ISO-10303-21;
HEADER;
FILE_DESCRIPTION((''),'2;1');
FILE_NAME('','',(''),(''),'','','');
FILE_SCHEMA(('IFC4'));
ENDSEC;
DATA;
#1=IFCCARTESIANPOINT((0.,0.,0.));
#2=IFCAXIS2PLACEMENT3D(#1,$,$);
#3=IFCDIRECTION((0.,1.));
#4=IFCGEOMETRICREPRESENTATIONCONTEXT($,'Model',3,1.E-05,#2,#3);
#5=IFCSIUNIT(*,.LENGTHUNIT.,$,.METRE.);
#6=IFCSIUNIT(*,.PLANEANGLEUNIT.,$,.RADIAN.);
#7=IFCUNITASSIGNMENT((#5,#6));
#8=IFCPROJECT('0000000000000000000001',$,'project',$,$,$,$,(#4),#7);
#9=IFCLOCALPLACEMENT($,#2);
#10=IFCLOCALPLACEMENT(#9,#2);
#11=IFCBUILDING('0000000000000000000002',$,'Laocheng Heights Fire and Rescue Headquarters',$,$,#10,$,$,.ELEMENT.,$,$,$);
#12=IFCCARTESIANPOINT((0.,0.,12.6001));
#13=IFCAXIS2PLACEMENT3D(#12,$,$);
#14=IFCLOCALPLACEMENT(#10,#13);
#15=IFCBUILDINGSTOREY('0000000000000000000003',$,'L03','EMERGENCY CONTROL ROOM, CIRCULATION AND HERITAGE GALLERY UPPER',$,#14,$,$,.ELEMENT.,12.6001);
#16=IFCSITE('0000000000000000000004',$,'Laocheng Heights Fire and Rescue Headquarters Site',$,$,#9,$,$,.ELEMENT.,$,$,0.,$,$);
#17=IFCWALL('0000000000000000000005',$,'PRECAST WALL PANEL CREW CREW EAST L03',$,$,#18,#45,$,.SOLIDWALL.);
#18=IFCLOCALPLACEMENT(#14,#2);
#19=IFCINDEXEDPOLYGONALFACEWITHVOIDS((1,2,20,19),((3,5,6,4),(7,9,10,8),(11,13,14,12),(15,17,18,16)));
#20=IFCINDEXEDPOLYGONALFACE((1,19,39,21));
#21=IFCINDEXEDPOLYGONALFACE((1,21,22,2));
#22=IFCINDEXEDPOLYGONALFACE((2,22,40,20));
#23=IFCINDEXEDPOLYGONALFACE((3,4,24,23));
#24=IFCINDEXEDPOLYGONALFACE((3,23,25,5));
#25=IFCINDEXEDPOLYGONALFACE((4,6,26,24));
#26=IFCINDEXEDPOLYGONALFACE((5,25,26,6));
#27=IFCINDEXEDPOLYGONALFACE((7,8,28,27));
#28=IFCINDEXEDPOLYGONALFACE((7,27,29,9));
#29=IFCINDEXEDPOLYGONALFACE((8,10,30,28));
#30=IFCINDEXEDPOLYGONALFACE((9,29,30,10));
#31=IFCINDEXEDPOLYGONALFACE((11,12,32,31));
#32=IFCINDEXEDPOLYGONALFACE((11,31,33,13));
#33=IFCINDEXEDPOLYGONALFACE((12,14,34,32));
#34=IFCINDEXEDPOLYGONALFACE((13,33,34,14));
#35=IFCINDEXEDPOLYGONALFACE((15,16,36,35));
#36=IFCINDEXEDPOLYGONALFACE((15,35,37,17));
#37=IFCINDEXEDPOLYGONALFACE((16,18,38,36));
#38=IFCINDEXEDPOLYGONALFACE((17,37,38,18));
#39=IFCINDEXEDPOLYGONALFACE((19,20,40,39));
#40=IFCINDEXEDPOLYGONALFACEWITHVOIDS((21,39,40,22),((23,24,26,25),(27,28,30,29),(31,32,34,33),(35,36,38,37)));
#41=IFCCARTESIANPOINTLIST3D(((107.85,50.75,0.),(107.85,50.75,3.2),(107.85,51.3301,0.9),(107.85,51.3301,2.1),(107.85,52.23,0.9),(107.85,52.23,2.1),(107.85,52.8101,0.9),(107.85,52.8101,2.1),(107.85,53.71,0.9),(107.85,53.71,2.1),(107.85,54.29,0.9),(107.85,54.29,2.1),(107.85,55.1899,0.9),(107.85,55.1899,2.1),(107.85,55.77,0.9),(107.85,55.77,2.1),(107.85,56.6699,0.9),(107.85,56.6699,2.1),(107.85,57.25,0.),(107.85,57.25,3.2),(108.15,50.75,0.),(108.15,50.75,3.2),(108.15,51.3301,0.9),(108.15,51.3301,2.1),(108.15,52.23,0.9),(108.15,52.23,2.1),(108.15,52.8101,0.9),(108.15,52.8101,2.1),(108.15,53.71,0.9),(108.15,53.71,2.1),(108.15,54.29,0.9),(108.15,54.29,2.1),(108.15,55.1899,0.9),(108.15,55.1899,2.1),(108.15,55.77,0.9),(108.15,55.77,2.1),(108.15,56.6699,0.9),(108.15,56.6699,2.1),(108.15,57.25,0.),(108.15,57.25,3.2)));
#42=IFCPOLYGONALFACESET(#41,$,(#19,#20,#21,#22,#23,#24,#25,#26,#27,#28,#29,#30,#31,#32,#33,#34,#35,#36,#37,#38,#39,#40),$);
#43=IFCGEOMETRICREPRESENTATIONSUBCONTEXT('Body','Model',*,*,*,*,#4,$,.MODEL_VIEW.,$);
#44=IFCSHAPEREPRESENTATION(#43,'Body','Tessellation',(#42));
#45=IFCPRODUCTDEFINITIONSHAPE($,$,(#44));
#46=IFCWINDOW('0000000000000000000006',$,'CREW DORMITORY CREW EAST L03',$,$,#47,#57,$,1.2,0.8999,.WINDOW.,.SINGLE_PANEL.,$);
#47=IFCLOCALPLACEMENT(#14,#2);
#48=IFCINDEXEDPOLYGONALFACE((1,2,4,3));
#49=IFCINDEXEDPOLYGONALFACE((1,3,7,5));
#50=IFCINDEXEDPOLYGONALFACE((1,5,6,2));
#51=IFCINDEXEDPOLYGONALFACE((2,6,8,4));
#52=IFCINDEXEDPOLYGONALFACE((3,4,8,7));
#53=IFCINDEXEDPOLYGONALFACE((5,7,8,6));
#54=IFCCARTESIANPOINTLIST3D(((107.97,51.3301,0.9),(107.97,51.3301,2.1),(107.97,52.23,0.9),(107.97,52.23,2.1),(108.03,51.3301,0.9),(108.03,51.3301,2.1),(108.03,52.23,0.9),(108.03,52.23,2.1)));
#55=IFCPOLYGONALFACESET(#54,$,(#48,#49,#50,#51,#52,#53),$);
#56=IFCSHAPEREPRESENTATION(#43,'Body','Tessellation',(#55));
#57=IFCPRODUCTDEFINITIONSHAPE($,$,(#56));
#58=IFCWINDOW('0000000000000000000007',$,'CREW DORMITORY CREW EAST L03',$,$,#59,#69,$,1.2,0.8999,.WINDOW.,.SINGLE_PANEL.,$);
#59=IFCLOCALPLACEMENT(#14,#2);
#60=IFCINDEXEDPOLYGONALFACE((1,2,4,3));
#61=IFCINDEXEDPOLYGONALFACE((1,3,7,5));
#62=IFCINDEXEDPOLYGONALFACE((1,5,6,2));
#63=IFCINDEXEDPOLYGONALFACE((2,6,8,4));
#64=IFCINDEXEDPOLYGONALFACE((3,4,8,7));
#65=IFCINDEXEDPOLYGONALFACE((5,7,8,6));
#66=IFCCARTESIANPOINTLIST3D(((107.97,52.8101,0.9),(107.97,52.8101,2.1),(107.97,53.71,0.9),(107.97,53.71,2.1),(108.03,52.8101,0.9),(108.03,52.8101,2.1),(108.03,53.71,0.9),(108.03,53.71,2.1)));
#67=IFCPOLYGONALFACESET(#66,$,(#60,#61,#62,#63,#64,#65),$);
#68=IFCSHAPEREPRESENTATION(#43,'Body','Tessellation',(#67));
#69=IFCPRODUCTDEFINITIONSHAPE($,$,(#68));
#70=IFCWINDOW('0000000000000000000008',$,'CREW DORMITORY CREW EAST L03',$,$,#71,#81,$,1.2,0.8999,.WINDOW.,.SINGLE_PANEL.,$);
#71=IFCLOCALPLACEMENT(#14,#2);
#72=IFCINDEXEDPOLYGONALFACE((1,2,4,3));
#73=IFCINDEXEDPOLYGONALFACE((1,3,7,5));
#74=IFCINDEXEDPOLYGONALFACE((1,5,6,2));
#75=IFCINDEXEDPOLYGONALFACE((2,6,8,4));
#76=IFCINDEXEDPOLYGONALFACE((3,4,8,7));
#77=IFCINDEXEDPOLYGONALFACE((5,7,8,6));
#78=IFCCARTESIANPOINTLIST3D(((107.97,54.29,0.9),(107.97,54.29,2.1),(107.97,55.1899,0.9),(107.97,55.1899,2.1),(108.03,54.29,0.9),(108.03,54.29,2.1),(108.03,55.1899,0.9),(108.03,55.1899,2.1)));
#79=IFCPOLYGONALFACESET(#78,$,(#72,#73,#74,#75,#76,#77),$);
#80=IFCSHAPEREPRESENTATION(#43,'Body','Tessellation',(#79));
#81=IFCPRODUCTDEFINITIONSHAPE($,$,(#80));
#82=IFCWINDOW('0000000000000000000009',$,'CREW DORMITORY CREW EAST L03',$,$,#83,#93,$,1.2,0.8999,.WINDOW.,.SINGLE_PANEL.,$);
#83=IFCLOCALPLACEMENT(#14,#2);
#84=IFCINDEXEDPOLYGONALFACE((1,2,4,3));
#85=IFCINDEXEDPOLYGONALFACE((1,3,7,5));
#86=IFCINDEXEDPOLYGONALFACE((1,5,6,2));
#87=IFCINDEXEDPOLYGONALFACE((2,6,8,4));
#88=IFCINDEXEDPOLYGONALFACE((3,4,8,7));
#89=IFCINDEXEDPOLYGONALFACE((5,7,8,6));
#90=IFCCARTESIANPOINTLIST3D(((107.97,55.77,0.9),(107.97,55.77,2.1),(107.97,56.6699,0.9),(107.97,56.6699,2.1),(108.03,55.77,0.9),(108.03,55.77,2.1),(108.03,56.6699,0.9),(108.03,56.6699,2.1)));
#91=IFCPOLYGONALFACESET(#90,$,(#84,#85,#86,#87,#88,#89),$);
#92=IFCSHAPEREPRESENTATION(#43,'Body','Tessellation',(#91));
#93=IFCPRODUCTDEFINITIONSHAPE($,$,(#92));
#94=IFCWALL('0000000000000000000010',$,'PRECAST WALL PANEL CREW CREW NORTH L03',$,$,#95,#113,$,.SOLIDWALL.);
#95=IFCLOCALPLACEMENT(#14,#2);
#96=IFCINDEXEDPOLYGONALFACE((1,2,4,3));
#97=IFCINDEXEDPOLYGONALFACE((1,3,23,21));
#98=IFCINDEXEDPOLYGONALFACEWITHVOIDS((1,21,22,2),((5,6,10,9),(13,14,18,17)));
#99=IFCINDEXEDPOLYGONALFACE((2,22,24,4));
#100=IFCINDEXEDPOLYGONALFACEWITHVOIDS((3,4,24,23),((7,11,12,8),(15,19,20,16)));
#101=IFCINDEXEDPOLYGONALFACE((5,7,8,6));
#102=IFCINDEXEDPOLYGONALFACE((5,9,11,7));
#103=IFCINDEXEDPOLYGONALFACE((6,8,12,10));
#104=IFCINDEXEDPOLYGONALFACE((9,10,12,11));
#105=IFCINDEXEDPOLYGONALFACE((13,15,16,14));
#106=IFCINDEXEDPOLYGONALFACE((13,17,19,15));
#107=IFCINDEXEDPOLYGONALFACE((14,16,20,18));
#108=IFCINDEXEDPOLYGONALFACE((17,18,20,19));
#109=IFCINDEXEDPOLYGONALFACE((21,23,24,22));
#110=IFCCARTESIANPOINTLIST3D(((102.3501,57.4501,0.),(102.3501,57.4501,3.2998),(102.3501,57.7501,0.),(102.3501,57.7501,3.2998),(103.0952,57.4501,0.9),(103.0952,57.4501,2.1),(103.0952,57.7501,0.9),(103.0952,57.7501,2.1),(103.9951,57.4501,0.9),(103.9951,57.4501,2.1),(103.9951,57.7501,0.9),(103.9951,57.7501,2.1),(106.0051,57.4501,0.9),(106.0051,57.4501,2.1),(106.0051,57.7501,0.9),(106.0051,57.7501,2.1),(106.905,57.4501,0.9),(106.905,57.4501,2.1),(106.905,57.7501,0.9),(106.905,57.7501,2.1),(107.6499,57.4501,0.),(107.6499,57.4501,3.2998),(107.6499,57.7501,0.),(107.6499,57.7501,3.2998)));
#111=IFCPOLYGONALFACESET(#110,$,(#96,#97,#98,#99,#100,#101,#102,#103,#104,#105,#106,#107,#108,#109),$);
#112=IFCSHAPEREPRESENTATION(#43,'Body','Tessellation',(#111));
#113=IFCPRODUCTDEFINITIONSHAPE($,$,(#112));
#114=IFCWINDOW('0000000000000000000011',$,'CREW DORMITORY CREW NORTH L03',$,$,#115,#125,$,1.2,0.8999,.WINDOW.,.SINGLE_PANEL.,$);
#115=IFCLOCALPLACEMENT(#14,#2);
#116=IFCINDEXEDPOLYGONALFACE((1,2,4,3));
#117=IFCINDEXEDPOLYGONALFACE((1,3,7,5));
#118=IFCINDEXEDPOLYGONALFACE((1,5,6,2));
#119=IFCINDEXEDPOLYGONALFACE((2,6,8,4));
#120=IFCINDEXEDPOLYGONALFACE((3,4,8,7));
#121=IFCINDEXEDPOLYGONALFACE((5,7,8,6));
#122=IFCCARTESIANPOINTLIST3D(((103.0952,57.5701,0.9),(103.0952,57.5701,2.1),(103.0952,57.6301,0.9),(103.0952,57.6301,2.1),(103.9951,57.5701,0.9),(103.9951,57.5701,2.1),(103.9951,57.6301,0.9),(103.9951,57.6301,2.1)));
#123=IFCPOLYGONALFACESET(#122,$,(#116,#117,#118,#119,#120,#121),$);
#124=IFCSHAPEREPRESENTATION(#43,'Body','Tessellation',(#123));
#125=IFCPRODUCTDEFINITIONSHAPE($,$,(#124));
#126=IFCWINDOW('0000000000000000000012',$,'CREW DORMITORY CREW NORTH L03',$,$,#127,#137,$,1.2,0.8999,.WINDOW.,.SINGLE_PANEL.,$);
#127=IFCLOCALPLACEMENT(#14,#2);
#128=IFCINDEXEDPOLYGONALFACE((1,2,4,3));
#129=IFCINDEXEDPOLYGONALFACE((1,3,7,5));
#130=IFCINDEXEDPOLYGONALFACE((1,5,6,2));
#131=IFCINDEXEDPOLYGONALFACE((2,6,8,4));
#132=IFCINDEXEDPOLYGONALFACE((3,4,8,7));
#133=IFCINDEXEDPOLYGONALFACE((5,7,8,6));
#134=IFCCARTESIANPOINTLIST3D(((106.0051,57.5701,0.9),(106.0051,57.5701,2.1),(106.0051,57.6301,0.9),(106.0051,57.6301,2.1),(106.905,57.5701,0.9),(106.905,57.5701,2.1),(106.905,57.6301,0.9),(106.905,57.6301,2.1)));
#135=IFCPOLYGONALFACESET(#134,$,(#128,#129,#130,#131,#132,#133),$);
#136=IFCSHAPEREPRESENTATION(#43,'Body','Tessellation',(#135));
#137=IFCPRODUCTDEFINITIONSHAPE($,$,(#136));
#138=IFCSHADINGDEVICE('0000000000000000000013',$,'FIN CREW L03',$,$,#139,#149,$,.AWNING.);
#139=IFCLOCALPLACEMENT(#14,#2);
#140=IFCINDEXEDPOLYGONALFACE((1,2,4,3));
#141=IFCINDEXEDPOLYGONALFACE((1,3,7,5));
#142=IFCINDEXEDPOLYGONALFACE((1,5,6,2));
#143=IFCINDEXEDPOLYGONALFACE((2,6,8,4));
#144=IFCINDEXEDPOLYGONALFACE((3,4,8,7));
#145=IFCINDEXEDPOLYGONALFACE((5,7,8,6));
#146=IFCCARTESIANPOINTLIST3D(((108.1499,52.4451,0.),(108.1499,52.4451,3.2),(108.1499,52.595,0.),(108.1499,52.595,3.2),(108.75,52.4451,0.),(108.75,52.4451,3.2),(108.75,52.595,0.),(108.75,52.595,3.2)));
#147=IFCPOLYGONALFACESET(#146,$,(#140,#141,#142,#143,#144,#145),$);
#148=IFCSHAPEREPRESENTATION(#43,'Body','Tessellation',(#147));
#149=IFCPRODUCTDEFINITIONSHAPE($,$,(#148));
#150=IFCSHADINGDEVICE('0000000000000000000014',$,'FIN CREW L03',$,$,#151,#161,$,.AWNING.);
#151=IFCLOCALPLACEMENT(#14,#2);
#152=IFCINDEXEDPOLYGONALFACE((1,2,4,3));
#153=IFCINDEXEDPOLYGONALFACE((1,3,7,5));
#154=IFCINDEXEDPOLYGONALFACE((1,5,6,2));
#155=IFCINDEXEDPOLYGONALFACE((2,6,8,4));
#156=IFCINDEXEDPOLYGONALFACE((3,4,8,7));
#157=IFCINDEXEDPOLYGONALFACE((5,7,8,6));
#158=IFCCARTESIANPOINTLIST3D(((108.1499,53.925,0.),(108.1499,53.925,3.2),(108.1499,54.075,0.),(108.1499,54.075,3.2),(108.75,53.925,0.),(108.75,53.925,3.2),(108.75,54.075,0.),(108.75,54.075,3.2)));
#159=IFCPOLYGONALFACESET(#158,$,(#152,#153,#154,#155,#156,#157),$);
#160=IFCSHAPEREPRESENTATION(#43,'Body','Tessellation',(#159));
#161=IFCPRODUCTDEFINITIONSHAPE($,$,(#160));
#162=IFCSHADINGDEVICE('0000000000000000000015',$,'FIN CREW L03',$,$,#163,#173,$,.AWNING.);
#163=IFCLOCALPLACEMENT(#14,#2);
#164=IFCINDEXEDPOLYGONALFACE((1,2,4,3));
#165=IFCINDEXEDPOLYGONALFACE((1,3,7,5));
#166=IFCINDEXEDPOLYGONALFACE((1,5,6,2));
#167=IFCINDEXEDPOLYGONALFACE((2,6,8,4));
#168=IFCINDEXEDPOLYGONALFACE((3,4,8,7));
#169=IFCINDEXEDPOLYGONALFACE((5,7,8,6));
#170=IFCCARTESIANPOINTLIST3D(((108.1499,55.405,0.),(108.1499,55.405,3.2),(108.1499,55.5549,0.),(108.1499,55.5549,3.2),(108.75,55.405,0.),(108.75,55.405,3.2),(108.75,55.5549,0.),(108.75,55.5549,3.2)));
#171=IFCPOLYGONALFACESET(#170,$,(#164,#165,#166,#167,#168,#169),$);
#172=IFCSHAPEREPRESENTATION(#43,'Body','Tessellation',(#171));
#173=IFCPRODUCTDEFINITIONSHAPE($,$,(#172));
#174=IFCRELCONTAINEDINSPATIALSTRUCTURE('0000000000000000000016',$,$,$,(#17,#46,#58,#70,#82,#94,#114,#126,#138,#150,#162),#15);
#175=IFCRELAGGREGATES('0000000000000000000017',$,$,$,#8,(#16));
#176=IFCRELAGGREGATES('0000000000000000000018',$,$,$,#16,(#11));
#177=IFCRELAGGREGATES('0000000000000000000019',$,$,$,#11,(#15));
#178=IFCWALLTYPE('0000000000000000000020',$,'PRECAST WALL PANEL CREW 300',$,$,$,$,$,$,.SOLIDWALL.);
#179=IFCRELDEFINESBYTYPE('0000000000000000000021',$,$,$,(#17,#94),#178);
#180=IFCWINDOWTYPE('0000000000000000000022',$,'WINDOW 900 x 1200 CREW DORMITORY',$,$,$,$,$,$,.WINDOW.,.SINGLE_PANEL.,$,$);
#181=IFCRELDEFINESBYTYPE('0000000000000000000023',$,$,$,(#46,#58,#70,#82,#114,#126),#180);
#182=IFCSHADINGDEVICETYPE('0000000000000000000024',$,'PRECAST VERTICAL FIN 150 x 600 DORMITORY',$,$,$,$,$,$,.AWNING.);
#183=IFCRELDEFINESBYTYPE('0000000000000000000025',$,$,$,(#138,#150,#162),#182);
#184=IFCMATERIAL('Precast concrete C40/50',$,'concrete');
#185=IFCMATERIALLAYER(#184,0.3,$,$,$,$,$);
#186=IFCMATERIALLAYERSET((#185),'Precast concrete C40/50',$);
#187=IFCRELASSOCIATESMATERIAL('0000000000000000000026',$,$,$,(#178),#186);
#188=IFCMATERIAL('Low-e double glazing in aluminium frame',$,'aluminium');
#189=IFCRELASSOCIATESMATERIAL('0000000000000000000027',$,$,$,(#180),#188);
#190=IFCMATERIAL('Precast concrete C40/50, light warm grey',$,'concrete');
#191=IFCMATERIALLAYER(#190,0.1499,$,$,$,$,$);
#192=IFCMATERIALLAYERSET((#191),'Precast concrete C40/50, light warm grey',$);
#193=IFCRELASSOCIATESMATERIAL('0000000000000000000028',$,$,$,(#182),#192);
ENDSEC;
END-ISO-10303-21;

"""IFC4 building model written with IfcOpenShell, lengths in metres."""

from ifc_helpers import new_model, si_unit, direction, frame, frame_2d, origin, origin_2d, place, context, subcontext, project, spatial, rectangle, extrude, material, layer, layer_set, type_object, element, fill, save


model = new_model("IFC4")

# Units and contexts
model_context = context("Model", 3, precision=1e-05, world=origin(), true_north=direction((0.0, 1.0)))
body_context = subcontext(model_context, "Body", "Model", "MODEL_VIEW")
ifc_project = project(units=[si_unit("LENGTHUNIT", "METRE"), si_unit("PLANEANGLEUNIT", "RADIAN")], contexts=[model_context])

# Site, building, storey
site_placement = place(None, origin())
site = spatial("IfcSite", under=ifc_project, at=site_placement, Name="Laocheng Heights Fire and Rescue Headquarters Site", CompositionType="ELEMENT", RefElevation=0.0)
building_placement = place(site_placement, origin())
building = spatial("IfcBuilding", under=site, at=building_placement, Name="Laocheng Heights Fire and Rescue Headquarters", CompositionType="ELEMENT")
storey_placement = place(building_placement, frame((0.0, 0.0, 12.6001)))
storey = spatial("IfcBuildingStorey", under=building, at=storey_placement, Name="L03", Description="EMERGENCY CONTROL ROOM, CIRCULATION AND HERITAGE GALLERY UPPER", CompositionType="ELEMENT", Elevation=12.6001)

# Walls, openings, windows
ifc_material_1 = material(Name="Precast concrete C40/50", Category="concrete")
ifc_layer_1 = layer(ifc_material_1, 0.3)
ifc_layer_set_1 = layer_set([ifc_layer_1], Name="Precast concrete C40/50")
wall_type = type_object("IfcWallType", Name="PRECAST WALL PANEL CREW 300", PredefinedType="SOLIDWALL", material=ifc_layer_set_1)
wall_1_placement = place(storey_placement, frame((108.0, 50.75, 0.0), z_axis=(0.0, 0.0, 1.0), x_axis=(0.0, 1.0, 0.0)))
wall_1 = element("IfcWall", 1, at=wall_1_placement, inside=storey, type_object=wall_type, Name="PRECAST WALL PANEL CREW CREW EAST L03", PredefinedType="SOLIDWALL", context=body_context, shape_type="SweptSolid", body=[
    extrude(rectangle(XDim=6.5, YDim=0.3, at=frame_2d((3.25, 0.0))), origin(), (0.0, 0.0, 1.0), 3.2),
])
opening_1_placement = place(wall_1_placement, frame((0.5801, 0.0, 0.8999)))
opening_1 = element("IfcOpeningElement", 2, at=opening_1_placement, cuts=wall_1, PredefinedType="OPENING", context=body_context, shape_type="SweptSolid", body=[
    extrude(rectangle(XDim=0.8999, YDim=1.2, at=frame_2d((0.45, 0.6001))), frame((0.0, 0.1599, 0.0), z_axis=(0.0, -1.0, 0.0), x_axis=(1.0, 0.0, 0.0)), (0.0, 0.0, 1.0), 0.3201),
])
opening_2_placement = place(wall_1_placement, frame((2.0601, 0.0, 0.8999)))
opening_2 = element("IfcOpeningElement", 3, at=opening_2_placement, cuts=wall_1, PredefinedType="OPENING", context=body_context, shape_type="SweptSolid", body=[
    extrude(rectangle(XDim=0.8999, YDim=1.2, at=frame_2d((0.45, 0.6001))), frame((0.0, 0.1599, 0.0), z_axis=(0.0, -1.0, 0.0), x_axis=(1.0, 0.0, 0.0)), (0.0, 0.0, 1.0), 0.3201),
])
opening_3_placement = place(wall_1_placement, frame((3.54, 0.0, 0.8999)))
opening_3 = element("IfcOpeningElement", 4, at=opening_3_placement, cuts=wall_1, PredefinedType="OPENING", context=body_context, shape_type="SweptSolid", body=[
    extrude(rectangle(XDim=0.8999, YDim=1.2, at=frame_2d((0.45, 0.6001))), frame((0.0, 0.1599, 0.0), z_axis=(0.0, -1.0, 0.0), x_axis=(1.0, 0.0, 0.0)), (0.0, 0.0, 1.0), 0.3201),
])
opening_4_placement = place(wall_1_placement, frame((5.02, 0.0, 0.8999)))
opening_4 = element("IfcOpeningElement", 5, at=opening_4_placement, cuts=wall_1, PredefinedType="OPENING", context=body_context, shape_type="SweptSolid", body=[
    extrude(rectangle(XDim=0.8999, YDim=1.2, at=frame_2d((0.45, 0.6001))), frame((0.0, 0.1599, 0.0), z_axis=(0.0, -1.0, 0.0), x_axis=(1.0, 0.0, 0.0)), (0.0, 0.0, 1.0), 0.3201),
])
ifc_material_2 = material(Name="Low-e double glazing in aluminium frame", Category="aluminium")
window_type = type_object("IfcWindowType", Name="WINDOW 900 x 1200 CREW DORMITORY", PartitioningType="SINGLE_PANEL", PredefinedType="WINDOW", material=ifc_material_2)
window_1_placement = place(opening_1_placement, origin())
window_1 = element("IfcWindow", 6, at=window_1_placement, inside=storey, type_object=window_type, Name="CREW DORMITORY CREW EAST L03", OverallHeight=1.2, OverallWidth=0.8999, PartitioningType="SINGLE_PANEL", PredefinedType="WINDOW", context=body_context, shape_type="SweptSolid", body=[
    extrude(rectangle(XDim=0.8999, YDim=1.2, at=frame_2d((0.45, 0.6001))), frame((0.0, 0.03, 0.0), z_axis=(0.0, -1.0, 0.0), x_axis=(1.0, 0.0, 0.0)), (0.0, 0.0, 1.0), 0.0601),
])
fill(opening_1, window_1)
window_2_placement = place(opening_2_placement, origin())
window_2 = element("IfcWindow", 7, at=window_2_placement, inside=storey, type_object=window_type, Name="CREW DORMITORY CREW EAST L03", OverallHeight=1.2, OverallWidth=0.8999, PartitioningType="SINGLE_PANEL", PredefinedType="WINDOW", context=body_context, shape_type="SweptSolid", body=[
    extrude(rectangle(XDim=0.8999, YDim=1.2, at=frame_2d((0.45, 0.6001))), frame((0.0, 0.03, 0.0), z_axis=(0.0, -1.0, 0.0), x_axis=(1.0, 0.0, 0.0)), (0.0, 0.0, 1.0), 0.0601),
])
fill(opening_2, window_2)
window_3_placement = place(opening_3_placement, origin())
window_3 = element("IfcWindow", 8, at=window_3_placement, inside=storey, type_object=window_type, Name="CREW DORMITORY CREW EAST L03", OverallHeight=1.2, OverallWidth=0.8999, PartitioningType="SINGLE_PANEL", PredefinedType="WINDOW", context=body_context, shape_type="SweptSolid", body=[
    extrude(rectangle(XDim=0.8999, YDim=1.2, at=frame_2d((0.45, 0.6001))), frame((0.0, 0.03, 0.0), z_axis=(0.0, -1.0, 0.0), x_axis=(1.0, 0.0, 0.0)), (0.0, 0.0, 1.0), 0.0601),
])
fill(opening_3, window_3)
window_4_placement = place(opening_4_placement, origin())
window_4 = element("IfcWindow", 9, at=window_4_placement, inside=storey, type_object=window_type, Name="CREW DORMITORY CREW EAST L03", OverallHeight=1.2, OverallWidth=0.8999, PartitioningType="SINGLE_PANEL", PredefinedType="WINDOW", context=body_context, shape_type="SweptSolid", body=[
    extrude(rectangle(XDim=0.8999, YDim=1.2, at=frame_2d((0.45, 0.6001))), frame((0.0, 0.03, 0.0), z_axis=(0.0, -1.0, 0.0), x_axis=(1.0, 0.0, 0.0)), (0.0, 0.0, 1.0), 0.0601),
])
fill(opening_4, window_4)
wall_2_placement = place(storey_placement, frame((102.3501, 57.6001, 0.0), z_axis=(0.0, 0.0, 1.0), x_axis=(1.0, 0.0, 0.0)))
wall_2 = element("IfcWall", 10, at=wall_2_placement, inside=storey, type_object=wall_type, Name="PRECAST WALL PANEL CREW CREW NORTH L03", PredefinedType="SOLIDWALL", context=body_context, shape_type="SweptSolid", body=[
    extrude(rectangle(XDim=5.2998, YDim=0.3, at=frame_2d((2.6499, 0.0))), origin(), (0.0, 0.0, 1.0), 3.2998),
])
opening_5_placement = place(wall_2_placement, frame((0.7451, 0.0, 0.8999)))
opening_5 = element("IfcOpeningElement", 11, at=opening_5_placement, cuts=wall_2, PredefinedType="OPENING", context=body_context, shape_type="SweptSolid", body=[
    extrude(rectangle(XDim=0.8999, YDim=1.2, at=frame_2d((0.45, 0.6001))), frame((0.0, 0.1599, 0.0), z_axis=(0.0, -1.0, 0.0), x_axis=(1.0, 0.0, 0.0)), (0.0, 0.0, 1.0), 0.3201),
])
opening_6_placement = place(wall_2_placement, frame((3.655, 0.0, 0.8999)))
opening_6 = element("IfcOpeningElement", 12, at=opening_6_placement, cuts=wall_2, PredefinedType="OPENING", context=body_context, shape_type="SweptSolid", body=[
    extrude(rectangle(XDim=0.8999, YDim=1.2, at=frame_2d((0.45, 0.6001))), frame((0.0, 0.1599, 0.0), z_axis=(0.0, -1.0, 0.0), x_axis=(1.0, 0.0, 0.0)), (0.0, 0.0, 1.0), 0.3201),
])
window_5_placement = place(opening_5_placement, origin())
window_5 = element("IfcWindow", 13, at=window_5_placement, inside=storey, type_object=window_type, Name="CREW DORMITORY CREW NORTH L03", OverallHeight=1.2, OverallWidth=0.8999, PartitioningType="SINGLE_PANEL", PredefinedType="WINDOW", context=body_context, shape_type="SweptSolid", body=[
    extrude(rectangle(XDim=0.8999, YDim=1.2, at=frame_2d((0.45, 0.6001))), frame((0.0, 0.03, 0.0), z_axis=(0.0, -1.0, 0.0), x_axis=(1.0, 0.0, 0.0)), (0.0, 0.0, 1.0), 0.0601),
])
fill(opening_5, window_5)
window_6_placement = place(opening_6_placement, origin())
window_6 = element("IfcWindow", 14, at=window_6_placement, inside=storey, type_object=window_type, Name="CREW DORMITORY CREW NORTH L03", OverallHeight=1.2, OverallWidth=0.8999, PartitioningType="SINGLE_PANEL", PredefinedType="WINDOW", context=body_context, shape_type="SweptSolid", body=[
    extrude(rectangle(XDim=0.8999, YDim=1.2, at=frame_2d((0.45, 0.6001))), frame((0.0, 0.03, 0.0), z_axis=(0.0, -1.0, 0.0), x_axis=(1.0, 0.0, 0.0)), (0.0, 0.0, 1.0), 0.0601),
])
fill(opening_6, window_6)

# Shading devices
ifc_material_3 = material(Name="Precast concrete C40/50, light warm grey", Category="concrete")
ifc_layer_2 = layer(ifc_material_3, 0.1499)
ifc_layer_set_2 = layer_set([ifc_layer_2], Name="Precast concrete C40/50, light warm grey")
shading_device_type = type_object("IfcShadingDeviceType", Name="PRECAST VERTICAL FIN 150 x 600 DORMITORY", PredefinedType="AWNING", material=ifc_layer_set_2)
for number, where, z_axis, x_axis, name in (
    (15, (108.45, 52.52, 0.0), (0.0, 0.0, 1.0), (1.0, 0.0, 0.0), "FIN CREW L03"),
    (16, (108.45, 54.0, 0.0), (0.0, 0.0, 1.0), (1.0, 0.0, 0.0), "FIN CREW L03"),
    (17, (108.45, 55.48, 0.0), (0.0, 0.0, 1.0), (1.0, 0.0, 0.0), "FIN CREW L03"),
):
    element("IfcShadingDevice", number, at=place(storey_placement, frame(where, z_axis=z_axis, x_axis=x_axis)), inside=storey, type_object=shading_device_type, Name=name, PredefinedType="AWNING", context=body_context, shape_type="SweptSolid", body=[
        extrude(rectangle(XDim=0.6001, YDim=0.1499, at=origin_2d()), origin(), (0.0, 0.0, 1.0), 3.2),
    ])

save(model, "model.ifc")
